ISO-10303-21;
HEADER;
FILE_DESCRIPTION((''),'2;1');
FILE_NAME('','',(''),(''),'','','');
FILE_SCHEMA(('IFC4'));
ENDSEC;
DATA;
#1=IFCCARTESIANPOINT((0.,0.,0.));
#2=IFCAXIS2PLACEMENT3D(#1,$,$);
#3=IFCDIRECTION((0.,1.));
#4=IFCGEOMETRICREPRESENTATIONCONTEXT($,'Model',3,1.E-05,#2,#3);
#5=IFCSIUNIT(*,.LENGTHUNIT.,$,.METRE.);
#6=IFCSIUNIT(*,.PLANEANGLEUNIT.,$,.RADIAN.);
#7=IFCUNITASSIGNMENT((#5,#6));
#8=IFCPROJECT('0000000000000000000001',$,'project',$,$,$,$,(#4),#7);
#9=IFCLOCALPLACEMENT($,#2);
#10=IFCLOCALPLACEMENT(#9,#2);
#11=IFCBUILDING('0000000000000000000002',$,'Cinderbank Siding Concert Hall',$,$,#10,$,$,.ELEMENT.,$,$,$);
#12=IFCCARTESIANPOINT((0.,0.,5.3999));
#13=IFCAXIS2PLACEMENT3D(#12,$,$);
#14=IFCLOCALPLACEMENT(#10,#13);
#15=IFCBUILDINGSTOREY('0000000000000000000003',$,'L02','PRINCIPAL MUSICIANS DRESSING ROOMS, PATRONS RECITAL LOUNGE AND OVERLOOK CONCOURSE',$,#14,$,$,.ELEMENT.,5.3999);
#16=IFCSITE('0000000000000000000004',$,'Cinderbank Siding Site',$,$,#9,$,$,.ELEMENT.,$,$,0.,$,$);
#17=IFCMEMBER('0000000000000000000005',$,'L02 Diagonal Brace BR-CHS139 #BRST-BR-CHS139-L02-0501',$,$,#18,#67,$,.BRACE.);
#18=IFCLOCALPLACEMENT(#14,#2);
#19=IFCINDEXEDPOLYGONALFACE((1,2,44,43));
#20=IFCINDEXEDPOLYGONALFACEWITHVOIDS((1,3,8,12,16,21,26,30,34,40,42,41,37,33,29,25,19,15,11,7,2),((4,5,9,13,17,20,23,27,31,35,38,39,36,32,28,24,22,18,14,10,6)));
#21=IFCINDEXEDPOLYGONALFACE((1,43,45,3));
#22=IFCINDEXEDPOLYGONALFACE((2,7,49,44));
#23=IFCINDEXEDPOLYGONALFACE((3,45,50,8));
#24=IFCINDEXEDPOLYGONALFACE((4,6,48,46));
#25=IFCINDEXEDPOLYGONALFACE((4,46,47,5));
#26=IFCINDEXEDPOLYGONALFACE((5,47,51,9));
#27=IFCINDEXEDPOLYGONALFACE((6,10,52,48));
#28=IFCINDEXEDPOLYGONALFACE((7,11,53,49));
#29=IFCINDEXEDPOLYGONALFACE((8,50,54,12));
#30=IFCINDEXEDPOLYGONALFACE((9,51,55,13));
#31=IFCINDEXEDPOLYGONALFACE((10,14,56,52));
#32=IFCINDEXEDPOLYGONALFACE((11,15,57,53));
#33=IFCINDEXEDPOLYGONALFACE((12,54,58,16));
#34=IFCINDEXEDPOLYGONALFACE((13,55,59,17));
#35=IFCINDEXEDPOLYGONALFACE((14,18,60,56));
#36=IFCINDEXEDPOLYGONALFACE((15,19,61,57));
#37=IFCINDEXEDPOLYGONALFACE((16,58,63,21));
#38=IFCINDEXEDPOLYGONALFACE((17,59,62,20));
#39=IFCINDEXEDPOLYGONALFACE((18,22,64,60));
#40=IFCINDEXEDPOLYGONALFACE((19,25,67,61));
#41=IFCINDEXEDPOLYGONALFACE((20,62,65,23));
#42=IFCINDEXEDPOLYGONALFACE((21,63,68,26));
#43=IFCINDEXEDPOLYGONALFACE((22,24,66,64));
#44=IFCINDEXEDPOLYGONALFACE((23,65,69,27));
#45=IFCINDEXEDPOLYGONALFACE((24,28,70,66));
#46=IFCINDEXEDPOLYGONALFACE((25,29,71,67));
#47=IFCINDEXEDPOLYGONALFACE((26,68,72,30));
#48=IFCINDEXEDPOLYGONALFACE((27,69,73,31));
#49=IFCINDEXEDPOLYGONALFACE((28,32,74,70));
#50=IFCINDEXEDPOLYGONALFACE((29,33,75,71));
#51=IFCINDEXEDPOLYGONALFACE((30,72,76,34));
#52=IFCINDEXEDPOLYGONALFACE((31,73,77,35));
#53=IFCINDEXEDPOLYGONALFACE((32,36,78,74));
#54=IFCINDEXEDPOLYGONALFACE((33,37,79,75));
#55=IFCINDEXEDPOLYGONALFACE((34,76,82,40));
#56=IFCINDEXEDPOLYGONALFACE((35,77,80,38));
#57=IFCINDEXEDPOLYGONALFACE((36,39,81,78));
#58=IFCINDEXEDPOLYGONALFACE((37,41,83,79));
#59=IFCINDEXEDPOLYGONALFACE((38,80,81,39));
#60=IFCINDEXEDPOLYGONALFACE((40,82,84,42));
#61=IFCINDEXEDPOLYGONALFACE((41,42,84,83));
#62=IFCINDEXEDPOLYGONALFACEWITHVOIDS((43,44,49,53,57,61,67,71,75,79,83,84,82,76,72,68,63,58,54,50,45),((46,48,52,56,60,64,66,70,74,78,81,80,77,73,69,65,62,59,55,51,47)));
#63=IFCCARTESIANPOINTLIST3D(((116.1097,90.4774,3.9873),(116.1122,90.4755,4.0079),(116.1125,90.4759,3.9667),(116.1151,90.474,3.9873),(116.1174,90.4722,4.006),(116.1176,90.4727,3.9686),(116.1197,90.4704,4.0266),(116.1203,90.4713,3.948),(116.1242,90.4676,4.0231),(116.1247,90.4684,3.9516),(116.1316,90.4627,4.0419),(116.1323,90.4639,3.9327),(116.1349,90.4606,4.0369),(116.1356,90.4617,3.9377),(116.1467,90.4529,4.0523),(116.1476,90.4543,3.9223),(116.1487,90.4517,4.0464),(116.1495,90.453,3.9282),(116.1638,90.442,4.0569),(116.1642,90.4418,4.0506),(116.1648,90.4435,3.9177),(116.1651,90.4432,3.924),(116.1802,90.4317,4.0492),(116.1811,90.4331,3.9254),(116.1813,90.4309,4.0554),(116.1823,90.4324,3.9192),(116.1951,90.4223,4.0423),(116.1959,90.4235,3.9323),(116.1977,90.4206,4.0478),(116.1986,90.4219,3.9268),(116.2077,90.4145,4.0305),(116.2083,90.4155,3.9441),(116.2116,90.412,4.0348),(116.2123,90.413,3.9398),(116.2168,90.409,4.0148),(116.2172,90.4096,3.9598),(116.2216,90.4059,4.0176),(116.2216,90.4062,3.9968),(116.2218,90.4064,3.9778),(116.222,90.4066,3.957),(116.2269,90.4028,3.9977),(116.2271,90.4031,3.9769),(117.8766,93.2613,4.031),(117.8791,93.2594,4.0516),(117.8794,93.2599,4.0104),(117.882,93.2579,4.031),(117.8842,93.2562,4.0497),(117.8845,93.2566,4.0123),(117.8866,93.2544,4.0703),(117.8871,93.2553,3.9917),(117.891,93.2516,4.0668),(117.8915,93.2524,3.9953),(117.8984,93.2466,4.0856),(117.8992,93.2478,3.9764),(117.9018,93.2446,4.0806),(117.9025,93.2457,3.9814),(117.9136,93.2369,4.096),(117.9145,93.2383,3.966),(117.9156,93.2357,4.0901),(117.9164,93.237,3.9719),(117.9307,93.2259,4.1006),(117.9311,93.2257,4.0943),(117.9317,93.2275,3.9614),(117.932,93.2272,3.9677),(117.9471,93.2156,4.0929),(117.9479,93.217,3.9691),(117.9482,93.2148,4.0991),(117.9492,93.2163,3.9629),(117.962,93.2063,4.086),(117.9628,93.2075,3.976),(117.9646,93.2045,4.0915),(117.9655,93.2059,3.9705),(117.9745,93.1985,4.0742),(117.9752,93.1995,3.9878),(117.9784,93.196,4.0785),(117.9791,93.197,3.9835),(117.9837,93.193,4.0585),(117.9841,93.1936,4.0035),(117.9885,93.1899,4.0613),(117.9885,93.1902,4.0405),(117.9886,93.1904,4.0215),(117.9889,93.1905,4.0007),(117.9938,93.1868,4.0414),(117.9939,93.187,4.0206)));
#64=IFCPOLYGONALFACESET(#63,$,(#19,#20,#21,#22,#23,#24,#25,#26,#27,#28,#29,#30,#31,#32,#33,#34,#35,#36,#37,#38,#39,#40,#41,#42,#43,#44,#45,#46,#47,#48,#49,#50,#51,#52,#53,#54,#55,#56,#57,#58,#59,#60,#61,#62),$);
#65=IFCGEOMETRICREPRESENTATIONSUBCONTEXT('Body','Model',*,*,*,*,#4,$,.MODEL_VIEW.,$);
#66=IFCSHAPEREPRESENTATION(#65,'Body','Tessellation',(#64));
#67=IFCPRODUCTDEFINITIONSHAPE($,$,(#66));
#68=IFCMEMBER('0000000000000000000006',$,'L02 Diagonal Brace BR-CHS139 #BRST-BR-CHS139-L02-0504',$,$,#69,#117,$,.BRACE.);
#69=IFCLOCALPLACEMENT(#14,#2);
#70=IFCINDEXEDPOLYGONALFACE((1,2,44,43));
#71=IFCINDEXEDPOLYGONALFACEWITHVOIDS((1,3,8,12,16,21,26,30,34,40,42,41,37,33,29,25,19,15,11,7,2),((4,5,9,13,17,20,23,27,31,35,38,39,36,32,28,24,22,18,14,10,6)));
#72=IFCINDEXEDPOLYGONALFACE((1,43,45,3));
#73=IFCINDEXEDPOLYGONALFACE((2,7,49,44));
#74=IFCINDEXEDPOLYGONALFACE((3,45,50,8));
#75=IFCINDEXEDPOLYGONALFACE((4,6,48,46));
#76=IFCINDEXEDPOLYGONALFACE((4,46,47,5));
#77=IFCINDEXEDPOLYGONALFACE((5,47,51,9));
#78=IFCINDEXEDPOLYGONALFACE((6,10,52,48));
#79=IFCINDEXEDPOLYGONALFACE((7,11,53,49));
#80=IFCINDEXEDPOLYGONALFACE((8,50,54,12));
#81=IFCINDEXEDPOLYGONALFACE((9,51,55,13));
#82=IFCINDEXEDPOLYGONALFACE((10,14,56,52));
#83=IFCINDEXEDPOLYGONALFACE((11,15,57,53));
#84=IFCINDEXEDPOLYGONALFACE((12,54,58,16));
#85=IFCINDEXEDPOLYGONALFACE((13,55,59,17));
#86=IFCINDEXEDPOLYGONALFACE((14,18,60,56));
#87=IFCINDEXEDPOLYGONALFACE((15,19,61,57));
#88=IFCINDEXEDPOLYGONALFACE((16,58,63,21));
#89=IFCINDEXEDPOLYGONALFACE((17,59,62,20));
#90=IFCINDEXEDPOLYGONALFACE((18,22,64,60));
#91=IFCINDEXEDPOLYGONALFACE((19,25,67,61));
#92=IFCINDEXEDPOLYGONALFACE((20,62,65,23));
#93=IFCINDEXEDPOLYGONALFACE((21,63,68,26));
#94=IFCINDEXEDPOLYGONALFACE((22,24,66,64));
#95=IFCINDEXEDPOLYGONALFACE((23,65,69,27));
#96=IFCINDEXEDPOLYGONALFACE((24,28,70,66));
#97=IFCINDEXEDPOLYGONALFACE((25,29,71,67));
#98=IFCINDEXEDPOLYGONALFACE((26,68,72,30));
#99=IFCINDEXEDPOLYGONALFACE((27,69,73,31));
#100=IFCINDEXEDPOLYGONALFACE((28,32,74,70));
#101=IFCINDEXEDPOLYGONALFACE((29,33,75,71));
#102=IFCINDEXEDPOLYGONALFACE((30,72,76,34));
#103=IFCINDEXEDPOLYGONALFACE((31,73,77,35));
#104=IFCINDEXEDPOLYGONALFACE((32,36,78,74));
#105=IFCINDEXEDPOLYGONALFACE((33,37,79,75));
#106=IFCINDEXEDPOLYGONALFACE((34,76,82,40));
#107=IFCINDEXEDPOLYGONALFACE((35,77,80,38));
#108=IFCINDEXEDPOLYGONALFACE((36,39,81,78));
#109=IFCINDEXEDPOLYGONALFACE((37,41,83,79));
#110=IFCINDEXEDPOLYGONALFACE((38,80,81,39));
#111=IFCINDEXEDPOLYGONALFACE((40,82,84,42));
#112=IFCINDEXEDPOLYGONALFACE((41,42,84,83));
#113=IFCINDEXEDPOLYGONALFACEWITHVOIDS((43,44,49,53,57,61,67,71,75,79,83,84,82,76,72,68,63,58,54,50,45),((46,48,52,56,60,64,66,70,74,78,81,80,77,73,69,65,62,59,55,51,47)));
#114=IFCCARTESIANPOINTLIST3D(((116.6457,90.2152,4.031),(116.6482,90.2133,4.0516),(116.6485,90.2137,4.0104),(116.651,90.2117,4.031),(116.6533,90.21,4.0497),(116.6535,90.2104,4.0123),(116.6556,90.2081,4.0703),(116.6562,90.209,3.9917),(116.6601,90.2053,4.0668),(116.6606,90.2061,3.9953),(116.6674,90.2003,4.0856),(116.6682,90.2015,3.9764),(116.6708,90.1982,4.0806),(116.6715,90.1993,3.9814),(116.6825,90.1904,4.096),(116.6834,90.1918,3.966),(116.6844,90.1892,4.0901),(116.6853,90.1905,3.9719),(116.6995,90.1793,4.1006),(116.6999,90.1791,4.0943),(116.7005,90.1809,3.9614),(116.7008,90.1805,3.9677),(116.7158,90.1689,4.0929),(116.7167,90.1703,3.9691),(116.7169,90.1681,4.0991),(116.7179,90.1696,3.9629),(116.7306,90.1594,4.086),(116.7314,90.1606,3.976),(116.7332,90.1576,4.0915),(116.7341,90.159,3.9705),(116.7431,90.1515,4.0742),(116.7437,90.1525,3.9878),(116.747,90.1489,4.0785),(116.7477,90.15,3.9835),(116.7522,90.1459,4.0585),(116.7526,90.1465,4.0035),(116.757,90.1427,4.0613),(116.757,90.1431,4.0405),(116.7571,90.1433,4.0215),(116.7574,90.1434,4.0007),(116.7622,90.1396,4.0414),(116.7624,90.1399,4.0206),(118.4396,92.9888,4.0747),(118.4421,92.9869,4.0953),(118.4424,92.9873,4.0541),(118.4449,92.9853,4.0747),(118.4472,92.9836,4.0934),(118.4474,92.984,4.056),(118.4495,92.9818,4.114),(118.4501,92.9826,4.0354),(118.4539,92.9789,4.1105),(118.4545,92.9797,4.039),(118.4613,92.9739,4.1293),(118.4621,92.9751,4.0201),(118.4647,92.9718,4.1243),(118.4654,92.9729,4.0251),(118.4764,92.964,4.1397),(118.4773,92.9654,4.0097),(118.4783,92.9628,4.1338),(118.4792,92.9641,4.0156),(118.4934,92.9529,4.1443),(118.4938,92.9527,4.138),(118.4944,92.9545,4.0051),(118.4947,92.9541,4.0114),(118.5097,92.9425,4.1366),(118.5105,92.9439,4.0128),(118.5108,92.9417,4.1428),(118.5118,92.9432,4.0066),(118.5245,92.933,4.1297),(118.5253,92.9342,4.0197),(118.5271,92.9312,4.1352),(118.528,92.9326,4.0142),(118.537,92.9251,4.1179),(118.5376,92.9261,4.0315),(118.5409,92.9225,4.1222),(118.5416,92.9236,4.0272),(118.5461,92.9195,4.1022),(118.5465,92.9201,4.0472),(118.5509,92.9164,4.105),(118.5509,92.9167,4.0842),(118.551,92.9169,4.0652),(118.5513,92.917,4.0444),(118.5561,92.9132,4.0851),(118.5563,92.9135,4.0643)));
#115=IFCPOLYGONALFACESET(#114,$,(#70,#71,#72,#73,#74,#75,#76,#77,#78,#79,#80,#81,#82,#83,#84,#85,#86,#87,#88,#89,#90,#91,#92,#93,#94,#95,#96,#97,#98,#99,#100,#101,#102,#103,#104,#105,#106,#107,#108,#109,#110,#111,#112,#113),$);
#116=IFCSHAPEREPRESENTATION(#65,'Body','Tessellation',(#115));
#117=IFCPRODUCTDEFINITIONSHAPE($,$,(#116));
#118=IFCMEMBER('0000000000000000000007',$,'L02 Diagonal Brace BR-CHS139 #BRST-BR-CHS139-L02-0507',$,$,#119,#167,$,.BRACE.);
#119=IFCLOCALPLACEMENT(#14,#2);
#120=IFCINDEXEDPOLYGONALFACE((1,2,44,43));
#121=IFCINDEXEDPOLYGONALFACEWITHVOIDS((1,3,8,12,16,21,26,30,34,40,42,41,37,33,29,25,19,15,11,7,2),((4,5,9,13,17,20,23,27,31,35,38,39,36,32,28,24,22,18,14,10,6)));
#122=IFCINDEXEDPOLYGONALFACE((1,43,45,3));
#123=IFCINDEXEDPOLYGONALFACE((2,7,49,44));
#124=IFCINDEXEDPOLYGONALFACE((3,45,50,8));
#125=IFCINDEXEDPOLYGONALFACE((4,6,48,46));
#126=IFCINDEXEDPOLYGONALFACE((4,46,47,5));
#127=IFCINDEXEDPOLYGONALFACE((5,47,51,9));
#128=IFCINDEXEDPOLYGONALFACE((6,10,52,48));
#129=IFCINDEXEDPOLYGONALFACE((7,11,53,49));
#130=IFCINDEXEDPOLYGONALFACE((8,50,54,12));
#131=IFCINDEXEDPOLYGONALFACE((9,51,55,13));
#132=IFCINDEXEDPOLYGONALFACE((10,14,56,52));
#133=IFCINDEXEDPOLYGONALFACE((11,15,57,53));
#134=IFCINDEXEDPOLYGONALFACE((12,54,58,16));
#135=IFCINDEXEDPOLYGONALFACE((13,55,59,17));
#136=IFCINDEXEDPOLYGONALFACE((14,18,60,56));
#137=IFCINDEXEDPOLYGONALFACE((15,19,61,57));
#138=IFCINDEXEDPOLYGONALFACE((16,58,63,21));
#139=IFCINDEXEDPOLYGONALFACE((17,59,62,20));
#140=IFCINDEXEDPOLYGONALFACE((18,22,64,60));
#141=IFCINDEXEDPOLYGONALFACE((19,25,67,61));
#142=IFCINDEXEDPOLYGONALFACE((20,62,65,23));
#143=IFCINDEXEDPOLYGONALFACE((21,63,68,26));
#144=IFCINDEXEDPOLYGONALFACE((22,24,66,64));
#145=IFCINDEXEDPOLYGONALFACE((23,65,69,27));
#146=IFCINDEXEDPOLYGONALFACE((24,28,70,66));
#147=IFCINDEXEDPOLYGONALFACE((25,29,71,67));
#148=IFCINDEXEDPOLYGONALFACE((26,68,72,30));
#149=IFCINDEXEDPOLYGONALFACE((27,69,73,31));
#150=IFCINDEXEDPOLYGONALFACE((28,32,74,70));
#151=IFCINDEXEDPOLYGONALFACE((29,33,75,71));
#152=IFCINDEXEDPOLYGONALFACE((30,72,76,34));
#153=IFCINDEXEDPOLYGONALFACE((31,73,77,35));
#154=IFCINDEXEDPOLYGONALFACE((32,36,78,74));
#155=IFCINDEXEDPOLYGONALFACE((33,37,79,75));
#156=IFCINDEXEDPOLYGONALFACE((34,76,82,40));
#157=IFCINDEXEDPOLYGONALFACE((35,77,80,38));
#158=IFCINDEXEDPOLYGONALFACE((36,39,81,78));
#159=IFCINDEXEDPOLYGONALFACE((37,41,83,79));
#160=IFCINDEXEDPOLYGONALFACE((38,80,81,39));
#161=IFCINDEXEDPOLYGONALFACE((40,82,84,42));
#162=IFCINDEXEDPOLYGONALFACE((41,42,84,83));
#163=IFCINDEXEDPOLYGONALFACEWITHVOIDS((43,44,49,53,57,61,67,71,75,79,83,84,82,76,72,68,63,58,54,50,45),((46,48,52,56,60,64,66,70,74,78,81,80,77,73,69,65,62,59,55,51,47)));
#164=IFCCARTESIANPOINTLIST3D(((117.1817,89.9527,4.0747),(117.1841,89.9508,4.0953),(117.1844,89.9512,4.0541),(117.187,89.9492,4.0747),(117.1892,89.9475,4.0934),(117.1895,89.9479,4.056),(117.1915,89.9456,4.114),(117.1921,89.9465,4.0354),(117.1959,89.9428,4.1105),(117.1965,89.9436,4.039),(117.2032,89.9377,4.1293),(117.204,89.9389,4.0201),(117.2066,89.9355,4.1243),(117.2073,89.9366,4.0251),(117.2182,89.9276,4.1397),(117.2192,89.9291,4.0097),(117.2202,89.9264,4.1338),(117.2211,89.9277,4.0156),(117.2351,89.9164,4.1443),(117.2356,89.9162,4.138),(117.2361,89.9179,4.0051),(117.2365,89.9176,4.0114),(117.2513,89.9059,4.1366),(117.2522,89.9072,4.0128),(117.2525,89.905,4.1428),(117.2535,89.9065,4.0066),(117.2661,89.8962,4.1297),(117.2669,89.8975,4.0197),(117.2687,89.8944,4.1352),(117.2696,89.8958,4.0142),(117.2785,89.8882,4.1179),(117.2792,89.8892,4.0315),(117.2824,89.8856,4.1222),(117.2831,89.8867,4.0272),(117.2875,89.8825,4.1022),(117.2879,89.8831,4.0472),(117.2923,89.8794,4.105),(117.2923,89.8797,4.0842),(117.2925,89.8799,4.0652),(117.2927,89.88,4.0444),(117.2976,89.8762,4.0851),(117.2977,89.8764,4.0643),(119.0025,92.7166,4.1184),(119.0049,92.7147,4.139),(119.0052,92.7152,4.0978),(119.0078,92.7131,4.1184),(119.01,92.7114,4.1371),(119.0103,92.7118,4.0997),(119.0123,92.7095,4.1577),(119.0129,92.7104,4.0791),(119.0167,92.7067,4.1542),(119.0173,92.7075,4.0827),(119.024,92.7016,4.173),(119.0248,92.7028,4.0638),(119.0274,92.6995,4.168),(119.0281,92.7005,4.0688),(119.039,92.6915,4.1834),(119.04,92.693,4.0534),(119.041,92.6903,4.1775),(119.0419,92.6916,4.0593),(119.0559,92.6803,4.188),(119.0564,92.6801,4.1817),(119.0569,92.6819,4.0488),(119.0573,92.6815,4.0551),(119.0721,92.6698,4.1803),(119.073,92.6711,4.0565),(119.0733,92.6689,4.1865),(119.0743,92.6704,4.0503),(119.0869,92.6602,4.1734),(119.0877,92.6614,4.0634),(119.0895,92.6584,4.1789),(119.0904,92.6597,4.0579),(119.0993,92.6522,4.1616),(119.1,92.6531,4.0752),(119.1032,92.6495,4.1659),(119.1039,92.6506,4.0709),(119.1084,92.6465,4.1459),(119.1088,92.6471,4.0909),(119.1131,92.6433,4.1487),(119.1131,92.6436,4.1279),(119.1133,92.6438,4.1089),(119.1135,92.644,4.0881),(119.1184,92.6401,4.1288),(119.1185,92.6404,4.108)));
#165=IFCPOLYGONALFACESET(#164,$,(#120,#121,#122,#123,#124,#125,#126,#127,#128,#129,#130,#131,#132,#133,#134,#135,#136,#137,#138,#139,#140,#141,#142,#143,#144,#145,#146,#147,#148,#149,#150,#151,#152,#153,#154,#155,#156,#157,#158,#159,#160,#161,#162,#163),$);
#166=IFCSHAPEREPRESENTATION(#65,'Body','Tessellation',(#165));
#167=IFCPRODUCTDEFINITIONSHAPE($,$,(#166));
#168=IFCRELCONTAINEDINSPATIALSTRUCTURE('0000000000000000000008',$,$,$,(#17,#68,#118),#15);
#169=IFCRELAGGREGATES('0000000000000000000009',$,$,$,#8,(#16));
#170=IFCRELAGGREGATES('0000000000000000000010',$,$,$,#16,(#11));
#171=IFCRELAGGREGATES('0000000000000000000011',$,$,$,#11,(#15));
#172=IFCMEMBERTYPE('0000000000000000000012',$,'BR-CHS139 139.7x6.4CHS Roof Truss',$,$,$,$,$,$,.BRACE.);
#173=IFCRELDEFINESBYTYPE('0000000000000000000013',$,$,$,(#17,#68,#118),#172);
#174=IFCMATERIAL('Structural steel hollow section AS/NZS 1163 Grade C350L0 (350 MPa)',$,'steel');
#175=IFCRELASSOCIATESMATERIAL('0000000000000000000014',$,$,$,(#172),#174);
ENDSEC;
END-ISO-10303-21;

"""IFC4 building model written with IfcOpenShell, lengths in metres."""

from ifc_helpers import new_model, si_unit, direction, frame, origin, origin_2d, place, context, subcontext, project, spatial, hollow_circle, extrude, material, material_profile, profile_set, type_object, element, save


model = new_model("IFC4")

# Units and contexts
model_context = context("Model", 3, precision=1e-05, world=origin(), true_north=direction((0.0, 1.0)))
body_context = subcontext(model_context, "Body", "Model", "MODEL_VIEW")
ifc_project = project(units=[si_unit("LENGTHUNIT", "METRE"), si_unit("PLANEANGLEUNIT", "RADIAN")], contexts=[model_context])

# Site, building, storey
site_placement = place(None, origin())
site = spatial("IfcSite", under=ifc_project, at=site_placement, Name="Cinderbank Siding Site", CompositionType="ELEMENT", RefElevation=0.0)
building_placement = place(site_placement, origin())
building = spatial("IfcBuilding", under=site, at=building_placement, Name="Cinderbank Siding Concert Hall", CompositionType="ELEMENT")
storey_placement = place(building_placement, frame((0.0, 0.0, 5.3999)))
storey = spatial("IfcBuildingStorey", under=building, at=storey_placement, Name="L02", Description="PRINCIPAL MUSICIANS DRESSING ROOMS, PATRONS RECITAL LOUNGE AND OVERLOOK CONCOURSE", CompositionType="ELEMENT", Elevation=5.3999)

# Members
ifc_material_1 = material(Name="Structural steel hollow section AS/NZS 1163 Grade C350L0 (350 MPa)", Category="steel")
ifc_material_profile_1 = material_profile(ifc_material_1, hollow_circle(Radius=0.0698, WallThickness=0.0063, at=origin_2d()), Name="139.7x6.4CHS", Category="LoadBearing")
ifc_profile_set_1 = profile_set([ifc_material_profile_1], Name="Structural steel hollow section AS/NZS 1163 Grade C350L0 (350 MPa)")
member_type_1 = type_object("IfcMemberType", Name="BR-CHS139 139.7x6.4CHS Roof Truss", PredefinedType="BRACE", material=ifc_profile_set_1)
member_1_placement = place(storey_placement, frame((116.1687, 90.4399, 3.9873), z_axis=(0.535803, 0.844239, 0.013253), x_axis=(-0.844313, 0.53585, 0.0)))
element("IfcMember", 1, at=member_1_placement, inside=storey, type_object=member_type_1, Name="L02 Diagonal Brace BR-CHS139 #BRST-BR-CHS139-L02-0501", PredefinedType="BRACE", context=body_context, shape_type="SweptSolid", body=[
    extrude(hollow_circle(Radius=0.0698, WallThickness=0.0063, at=origin_2d()), origin(), (0.0, 0.0, 1.0), 3.2976),
])
member_2_placement = place(storey_placement, frame((116.7043, 90.1772, 4.031), z_axis=(0.543035, 0.839606, 0.013229), x_axis=(-0.839679, 0.543083, 0.0)))
element("IfcMember", 2, at=member_2_placement, inside=storey, type_object=member_type_1, Name="L02 Diagonal Brace BR-CHS139 #BRST-BR-CHS139-L02-0504", PredefinedType="BRACE", context=body_context, shape_type="SweptSolid", body=[
    extrude(hollow_circle(Radius=0.0698, WallThickness=0.0063, at=origin_2d()), origin(), (0.0, 0.0, 1.0), 3.3035),
])
member_3_placement = place(storey_placement, frame((117.24, 89.9143, 4.0747), z_axis=(0.550082, 0.835006, 0.013203), x_axis=(-0.835079, 0.55013, 0.0)))
element("IfcMember", 3, at=member_3_placement, inside=storey, type_object=member_type_1, Name="L02 Diagonal Brace BR-CHS139 #BRST-BR-CHS139-L02-0507", PredefinedType="BRACE", context=body_context, shape_type="SweptSolid", body=[
    extrude(hollow_circle(Radius=0.0698, WallThickness=0.0063, at=origin_2d()), origin(), (0.0, 0.0, 1.0), 3.3101),
])

save(model, "model.ifc")
